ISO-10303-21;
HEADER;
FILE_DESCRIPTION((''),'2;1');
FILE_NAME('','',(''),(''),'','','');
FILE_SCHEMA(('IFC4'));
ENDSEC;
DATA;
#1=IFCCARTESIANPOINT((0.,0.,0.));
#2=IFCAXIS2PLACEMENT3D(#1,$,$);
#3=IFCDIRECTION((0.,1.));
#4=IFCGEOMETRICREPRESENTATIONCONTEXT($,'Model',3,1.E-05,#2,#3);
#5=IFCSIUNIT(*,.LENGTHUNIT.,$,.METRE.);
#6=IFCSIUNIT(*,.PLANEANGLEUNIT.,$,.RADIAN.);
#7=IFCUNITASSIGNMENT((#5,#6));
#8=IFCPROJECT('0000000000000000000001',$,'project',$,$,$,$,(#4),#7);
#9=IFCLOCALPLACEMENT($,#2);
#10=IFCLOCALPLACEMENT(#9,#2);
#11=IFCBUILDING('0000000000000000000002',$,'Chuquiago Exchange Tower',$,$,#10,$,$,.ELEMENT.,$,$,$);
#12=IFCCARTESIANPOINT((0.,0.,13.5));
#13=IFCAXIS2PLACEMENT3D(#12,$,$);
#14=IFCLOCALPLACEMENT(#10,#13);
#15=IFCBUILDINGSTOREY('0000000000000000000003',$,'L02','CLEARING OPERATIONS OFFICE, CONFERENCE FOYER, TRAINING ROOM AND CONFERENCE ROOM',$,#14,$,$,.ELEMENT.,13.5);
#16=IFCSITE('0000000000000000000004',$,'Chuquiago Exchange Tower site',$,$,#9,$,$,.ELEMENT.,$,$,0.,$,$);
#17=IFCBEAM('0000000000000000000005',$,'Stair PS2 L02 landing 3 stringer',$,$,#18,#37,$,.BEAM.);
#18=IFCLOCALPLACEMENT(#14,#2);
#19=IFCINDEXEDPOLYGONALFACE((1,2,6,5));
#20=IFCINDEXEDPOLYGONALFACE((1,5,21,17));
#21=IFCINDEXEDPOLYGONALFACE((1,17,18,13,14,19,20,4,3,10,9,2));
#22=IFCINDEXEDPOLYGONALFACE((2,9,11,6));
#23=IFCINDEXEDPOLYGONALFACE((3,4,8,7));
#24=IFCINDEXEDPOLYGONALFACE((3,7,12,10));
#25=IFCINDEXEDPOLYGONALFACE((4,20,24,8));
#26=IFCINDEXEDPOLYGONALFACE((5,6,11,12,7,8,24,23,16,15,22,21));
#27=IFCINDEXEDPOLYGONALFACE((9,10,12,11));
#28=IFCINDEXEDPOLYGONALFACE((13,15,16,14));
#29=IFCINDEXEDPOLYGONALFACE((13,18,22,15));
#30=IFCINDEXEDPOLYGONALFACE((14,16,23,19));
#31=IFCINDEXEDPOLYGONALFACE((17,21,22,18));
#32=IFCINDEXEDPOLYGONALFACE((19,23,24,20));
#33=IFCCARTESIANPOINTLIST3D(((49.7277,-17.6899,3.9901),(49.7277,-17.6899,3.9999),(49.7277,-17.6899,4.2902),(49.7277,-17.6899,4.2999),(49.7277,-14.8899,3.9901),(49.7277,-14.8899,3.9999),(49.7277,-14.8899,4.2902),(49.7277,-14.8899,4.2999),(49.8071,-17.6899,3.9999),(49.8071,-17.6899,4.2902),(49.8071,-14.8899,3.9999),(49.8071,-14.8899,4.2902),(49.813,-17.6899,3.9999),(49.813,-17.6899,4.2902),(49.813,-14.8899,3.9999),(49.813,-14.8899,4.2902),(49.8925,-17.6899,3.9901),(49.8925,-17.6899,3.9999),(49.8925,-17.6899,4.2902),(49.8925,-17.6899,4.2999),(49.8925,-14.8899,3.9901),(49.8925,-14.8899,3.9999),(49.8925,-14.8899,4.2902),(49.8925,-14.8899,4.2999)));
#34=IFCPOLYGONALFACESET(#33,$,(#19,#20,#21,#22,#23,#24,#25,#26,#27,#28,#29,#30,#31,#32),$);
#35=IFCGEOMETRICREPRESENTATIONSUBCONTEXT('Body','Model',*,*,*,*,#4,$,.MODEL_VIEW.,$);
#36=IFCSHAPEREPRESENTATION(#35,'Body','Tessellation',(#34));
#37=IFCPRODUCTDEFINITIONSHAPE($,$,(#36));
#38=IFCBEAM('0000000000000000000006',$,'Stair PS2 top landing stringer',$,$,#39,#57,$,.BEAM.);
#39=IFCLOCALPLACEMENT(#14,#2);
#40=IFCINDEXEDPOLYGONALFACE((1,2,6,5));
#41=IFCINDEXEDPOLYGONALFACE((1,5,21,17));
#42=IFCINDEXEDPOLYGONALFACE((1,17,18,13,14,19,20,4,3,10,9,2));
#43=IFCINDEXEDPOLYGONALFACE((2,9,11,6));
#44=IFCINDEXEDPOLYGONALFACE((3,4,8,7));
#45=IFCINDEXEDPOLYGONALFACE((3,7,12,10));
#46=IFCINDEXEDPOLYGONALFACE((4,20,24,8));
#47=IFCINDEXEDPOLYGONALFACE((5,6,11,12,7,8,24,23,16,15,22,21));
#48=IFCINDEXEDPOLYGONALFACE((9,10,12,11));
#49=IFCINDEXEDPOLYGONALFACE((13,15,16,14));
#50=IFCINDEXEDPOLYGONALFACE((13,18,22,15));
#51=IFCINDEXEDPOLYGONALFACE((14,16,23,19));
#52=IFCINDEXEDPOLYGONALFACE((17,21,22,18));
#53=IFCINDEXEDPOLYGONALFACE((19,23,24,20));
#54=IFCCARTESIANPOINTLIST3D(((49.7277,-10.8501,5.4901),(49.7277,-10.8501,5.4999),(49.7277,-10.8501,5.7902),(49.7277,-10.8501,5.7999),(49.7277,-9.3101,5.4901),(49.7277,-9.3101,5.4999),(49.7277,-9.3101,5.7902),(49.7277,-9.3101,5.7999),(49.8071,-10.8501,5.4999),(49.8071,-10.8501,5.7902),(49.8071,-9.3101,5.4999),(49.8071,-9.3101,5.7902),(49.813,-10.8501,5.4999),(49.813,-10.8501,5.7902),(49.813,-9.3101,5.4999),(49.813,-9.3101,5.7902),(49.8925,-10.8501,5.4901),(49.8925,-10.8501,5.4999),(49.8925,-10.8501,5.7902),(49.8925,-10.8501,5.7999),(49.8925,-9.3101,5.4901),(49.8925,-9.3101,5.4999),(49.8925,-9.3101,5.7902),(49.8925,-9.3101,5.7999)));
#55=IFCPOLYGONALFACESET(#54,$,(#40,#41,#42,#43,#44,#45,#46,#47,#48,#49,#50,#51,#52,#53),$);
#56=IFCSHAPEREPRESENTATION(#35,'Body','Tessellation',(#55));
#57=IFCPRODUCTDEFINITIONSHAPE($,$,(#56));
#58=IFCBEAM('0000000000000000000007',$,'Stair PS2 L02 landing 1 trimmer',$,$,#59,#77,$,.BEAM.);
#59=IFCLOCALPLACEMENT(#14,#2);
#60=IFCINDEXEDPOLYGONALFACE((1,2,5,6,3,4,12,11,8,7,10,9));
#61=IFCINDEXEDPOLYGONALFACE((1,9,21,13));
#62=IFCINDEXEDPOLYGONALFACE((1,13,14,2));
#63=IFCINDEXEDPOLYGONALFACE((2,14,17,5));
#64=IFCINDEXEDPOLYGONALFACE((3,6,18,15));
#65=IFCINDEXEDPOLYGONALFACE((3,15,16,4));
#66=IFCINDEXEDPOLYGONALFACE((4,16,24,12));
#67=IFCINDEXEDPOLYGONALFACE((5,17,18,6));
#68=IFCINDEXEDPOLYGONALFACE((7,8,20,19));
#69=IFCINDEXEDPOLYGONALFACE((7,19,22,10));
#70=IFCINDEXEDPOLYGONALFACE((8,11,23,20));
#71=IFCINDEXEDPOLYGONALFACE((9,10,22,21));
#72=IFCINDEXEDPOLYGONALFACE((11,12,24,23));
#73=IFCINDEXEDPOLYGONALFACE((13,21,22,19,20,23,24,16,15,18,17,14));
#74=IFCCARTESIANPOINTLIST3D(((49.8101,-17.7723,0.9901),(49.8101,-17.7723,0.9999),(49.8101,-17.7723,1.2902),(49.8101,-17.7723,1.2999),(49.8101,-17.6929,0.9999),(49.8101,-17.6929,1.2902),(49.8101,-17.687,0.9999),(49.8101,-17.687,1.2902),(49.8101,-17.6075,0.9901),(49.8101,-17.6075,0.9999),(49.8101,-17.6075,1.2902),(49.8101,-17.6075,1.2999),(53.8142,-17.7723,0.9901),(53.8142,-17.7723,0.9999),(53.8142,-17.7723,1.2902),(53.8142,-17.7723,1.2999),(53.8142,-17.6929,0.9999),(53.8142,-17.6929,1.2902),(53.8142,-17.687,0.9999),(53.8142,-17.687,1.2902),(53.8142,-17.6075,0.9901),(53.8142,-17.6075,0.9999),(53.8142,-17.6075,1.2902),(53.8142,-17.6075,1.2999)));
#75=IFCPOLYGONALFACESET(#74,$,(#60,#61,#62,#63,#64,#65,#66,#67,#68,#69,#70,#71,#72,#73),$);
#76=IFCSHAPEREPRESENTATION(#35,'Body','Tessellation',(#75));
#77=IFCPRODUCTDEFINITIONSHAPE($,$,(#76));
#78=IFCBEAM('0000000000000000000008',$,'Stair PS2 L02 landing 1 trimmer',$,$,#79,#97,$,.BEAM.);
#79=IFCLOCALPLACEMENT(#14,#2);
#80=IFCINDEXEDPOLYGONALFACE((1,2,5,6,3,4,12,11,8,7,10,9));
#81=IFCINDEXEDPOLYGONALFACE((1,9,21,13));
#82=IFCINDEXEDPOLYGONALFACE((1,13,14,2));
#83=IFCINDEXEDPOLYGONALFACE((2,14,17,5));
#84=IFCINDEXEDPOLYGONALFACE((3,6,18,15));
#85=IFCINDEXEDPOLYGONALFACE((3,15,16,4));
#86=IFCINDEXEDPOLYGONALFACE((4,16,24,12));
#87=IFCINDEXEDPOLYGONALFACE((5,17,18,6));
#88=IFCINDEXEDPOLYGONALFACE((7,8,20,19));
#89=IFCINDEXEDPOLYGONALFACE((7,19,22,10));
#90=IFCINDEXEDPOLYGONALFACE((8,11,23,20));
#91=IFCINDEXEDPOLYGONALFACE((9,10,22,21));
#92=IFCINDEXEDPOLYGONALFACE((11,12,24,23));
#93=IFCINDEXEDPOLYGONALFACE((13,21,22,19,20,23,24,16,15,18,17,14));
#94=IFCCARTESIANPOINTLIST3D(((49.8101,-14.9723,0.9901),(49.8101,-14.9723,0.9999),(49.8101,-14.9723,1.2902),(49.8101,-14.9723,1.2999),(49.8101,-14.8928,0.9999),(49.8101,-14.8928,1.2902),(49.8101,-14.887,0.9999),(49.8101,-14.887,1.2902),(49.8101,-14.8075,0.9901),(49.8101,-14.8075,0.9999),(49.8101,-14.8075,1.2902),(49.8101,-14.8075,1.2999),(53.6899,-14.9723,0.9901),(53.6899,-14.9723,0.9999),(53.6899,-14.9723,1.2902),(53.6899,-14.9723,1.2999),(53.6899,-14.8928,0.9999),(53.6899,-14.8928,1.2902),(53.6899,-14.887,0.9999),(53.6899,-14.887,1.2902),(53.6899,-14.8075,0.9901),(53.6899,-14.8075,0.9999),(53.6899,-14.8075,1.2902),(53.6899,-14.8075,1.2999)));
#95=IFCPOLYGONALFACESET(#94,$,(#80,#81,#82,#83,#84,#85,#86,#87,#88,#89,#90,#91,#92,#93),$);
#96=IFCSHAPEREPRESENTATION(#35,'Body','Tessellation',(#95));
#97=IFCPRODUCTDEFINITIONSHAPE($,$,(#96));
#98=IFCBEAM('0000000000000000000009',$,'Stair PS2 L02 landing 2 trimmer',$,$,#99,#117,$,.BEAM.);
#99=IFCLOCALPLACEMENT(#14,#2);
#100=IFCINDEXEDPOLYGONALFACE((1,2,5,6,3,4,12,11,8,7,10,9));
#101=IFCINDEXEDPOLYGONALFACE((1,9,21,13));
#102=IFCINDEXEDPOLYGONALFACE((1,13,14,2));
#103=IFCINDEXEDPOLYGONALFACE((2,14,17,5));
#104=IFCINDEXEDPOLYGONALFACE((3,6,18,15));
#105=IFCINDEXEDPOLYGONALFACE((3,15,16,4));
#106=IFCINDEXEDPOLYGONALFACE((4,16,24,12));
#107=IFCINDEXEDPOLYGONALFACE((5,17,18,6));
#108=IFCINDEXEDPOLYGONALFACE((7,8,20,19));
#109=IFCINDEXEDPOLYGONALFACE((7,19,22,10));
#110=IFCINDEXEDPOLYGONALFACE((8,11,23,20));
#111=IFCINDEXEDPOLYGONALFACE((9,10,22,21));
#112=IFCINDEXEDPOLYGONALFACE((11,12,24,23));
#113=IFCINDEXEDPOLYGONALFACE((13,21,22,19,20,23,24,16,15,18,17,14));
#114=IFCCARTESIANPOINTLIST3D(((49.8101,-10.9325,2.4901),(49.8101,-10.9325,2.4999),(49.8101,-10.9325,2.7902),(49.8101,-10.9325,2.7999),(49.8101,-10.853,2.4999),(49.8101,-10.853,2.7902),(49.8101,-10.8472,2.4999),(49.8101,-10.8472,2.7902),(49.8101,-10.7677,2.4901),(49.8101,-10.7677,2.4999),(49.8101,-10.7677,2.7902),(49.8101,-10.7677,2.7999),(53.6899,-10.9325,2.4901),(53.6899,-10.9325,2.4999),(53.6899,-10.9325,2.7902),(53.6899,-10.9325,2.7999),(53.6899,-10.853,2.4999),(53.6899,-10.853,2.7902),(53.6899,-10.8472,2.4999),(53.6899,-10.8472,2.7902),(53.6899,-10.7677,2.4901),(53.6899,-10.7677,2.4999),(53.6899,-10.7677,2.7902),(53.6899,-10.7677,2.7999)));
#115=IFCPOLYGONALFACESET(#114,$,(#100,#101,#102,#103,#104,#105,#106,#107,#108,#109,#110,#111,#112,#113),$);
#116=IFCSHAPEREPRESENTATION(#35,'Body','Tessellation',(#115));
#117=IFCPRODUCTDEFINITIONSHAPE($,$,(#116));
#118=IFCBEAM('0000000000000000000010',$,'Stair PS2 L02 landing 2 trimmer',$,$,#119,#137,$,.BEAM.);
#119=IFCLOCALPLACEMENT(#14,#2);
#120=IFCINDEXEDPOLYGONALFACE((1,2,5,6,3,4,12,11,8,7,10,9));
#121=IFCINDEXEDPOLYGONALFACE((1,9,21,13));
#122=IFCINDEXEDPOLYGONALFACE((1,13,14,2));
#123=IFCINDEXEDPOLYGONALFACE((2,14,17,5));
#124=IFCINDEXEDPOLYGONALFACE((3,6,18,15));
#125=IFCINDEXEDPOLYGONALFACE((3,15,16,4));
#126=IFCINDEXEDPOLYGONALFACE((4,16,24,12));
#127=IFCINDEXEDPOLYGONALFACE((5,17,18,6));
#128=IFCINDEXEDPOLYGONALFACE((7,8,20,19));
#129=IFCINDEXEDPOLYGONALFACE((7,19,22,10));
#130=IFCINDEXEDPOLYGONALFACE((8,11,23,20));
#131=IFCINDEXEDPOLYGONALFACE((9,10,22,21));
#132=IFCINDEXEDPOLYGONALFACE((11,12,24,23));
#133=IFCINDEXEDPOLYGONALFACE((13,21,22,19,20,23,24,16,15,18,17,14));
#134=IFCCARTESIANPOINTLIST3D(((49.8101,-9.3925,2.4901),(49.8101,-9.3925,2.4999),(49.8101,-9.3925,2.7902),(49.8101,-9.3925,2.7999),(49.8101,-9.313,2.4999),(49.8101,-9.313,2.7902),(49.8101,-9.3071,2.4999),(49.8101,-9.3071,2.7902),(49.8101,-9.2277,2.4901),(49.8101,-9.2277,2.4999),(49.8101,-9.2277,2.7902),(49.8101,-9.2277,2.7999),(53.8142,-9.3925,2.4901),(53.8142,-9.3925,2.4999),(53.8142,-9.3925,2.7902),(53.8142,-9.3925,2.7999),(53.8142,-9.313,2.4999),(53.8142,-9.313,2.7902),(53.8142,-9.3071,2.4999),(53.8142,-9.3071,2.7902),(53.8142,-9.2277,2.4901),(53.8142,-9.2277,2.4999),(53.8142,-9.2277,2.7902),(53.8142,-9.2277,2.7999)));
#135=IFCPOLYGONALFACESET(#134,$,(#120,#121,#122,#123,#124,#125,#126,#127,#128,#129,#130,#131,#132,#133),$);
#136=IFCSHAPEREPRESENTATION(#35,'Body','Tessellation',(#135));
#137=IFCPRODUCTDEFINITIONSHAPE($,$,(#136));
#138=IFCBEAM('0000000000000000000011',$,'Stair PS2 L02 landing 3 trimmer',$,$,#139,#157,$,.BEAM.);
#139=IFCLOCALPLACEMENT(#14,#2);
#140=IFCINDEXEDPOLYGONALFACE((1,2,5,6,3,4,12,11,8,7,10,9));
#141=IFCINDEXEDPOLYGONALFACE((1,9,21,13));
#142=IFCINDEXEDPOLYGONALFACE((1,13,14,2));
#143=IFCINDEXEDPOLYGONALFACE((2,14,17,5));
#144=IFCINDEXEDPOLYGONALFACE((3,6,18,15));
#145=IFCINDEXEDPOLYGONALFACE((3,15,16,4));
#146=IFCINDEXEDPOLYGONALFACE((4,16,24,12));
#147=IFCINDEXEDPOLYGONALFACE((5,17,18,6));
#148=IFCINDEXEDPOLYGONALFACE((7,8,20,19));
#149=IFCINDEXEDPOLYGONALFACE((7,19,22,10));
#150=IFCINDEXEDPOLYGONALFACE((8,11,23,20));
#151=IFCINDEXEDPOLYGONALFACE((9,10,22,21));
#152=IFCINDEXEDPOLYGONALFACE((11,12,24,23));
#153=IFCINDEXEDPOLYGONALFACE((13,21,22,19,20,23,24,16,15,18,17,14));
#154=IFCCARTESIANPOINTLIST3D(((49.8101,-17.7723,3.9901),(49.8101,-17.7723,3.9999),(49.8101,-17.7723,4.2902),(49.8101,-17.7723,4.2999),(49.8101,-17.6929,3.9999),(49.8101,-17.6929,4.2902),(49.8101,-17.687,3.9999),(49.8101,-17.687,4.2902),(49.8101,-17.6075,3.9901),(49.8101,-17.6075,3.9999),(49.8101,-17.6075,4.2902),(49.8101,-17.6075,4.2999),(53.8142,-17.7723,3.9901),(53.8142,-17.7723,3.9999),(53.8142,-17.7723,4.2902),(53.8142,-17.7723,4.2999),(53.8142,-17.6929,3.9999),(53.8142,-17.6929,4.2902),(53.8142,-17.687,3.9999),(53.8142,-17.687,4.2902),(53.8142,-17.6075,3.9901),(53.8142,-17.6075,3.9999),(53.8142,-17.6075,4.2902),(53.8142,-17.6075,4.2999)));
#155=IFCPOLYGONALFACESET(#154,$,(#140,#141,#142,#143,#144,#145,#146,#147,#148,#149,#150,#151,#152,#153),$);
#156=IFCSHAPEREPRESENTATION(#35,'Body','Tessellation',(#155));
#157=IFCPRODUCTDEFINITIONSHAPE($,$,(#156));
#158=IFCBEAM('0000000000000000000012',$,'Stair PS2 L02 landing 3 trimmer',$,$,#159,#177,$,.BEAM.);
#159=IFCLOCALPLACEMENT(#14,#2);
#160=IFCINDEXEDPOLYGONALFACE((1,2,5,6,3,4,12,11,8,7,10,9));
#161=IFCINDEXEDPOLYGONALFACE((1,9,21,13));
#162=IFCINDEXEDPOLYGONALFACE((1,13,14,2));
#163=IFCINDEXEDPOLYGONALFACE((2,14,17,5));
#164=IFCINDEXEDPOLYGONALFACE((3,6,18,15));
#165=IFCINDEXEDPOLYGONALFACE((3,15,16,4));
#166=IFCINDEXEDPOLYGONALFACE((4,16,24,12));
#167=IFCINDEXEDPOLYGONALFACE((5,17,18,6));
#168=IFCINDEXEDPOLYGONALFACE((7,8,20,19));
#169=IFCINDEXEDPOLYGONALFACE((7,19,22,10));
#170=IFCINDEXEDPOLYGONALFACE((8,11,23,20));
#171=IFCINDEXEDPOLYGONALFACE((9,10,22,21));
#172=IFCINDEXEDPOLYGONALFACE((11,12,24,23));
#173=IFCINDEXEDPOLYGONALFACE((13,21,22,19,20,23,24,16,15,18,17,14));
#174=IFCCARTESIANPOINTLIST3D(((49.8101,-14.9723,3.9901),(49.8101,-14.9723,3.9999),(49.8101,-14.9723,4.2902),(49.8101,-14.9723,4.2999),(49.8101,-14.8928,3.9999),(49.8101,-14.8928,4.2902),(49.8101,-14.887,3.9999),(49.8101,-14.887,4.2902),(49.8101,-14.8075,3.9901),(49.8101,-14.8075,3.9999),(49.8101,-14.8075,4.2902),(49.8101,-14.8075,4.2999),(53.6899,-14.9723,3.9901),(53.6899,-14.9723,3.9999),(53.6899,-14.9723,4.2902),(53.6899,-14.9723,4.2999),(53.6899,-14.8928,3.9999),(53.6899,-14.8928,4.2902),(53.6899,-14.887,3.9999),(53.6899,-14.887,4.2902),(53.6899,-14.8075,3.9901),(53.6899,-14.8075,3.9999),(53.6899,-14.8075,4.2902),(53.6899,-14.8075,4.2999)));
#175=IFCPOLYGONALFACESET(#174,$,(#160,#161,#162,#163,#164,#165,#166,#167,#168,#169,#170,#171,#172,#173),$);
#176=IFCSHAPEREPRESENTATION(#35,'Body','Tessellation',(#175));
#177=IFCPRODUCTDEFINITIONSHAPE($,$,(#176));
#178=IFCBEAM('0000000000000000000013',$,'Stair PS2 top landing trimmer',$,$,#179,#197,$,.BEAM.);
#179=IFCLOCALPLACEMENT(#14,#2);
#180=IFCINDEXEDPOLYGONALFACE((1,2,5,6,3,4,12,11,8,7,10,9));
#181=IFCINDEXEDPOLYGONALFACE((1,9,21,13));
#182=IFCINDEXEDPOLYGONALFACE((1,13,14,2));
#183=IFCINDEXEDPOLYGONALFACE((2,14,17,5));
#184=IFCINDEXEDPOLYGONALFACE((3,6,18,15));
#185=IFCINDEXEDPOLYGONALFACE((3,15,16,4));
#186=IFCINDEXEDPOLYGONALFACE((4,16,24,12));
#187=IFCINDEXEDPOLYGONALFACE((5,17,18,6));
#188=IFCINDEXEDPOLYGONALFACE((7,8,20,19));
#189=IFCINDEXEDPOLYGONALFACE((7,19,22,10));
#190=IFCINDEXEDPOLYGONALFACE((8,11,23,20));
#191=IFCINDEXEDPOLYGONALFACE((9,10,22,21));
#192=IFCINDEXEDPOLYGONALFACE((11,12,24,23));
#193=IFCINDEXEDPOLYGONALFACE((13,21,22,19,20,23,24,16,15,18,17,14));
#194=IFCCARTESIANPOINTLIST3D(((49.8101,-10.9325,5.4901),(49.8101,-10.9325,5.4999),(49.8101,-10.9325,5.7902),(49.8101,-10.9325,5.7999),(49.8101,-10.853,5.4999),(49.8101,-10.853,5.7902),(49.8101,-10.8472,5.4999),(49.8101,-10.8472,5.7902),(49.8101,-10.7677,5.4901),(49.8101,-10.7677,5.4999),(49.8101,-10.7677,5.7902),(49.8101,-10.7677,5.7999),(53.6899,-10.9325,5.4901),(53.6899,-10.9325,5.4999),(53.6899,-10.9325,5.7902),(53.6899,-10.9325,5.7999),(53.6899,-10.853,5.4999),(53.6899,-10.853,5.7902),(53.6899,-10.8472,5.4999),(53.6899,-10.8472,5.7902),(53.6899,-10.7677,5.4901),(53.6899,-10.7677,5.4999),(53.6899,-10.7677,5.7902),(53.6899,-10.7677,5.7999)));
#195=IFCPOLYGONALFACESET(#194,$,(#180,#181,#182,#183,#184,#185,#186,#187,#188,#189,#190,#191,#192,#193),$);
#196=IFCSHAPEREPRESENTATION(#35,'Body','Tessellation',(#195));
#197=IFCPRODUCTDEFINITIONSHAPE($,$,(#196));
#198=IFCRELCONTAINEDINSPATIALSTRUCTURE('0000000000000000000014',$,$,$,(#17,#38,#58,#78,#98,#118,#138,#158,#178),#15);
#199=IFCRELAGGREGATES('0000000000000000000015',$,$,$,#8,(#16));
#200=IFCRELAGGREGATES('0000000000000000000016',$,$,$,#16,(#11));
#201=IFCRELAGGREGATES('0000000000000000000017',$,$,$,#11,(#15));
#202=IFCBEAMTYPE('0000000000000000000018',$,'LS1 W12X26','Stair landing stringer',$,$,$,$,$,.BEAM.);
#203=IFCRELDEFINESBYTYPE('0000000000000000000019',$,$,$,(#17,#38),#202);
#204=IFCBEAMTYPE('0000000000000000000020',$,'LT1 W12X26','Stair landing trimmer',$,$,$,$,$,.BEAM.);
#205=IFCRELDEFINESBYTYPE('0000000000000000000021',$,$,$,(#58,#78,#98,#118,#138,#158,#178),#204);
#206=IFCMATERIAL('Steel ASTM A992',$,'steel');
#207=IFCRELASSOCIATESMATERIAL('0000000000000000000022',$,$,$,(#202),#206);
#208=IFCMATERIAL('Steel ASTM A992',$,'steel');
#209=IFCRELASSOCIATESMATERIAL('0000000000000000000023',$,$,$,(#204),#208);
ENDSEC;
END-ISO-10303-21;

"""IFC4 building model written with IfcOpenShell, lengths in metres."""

from ifc_helpers import new_model, si_unit, direction, frame, origin, origin_2d, place, context, subcontext, project, spatial, i_section, extrude, material, material_profile, profile_set, type_object, element, save


model = new_model("IFC4")

# Units and contexts
model_context = context("Model", 3, precision=1e-05, world=origin(), true_north=direction((0.0, 1.0)))
body_context = subcontext(model_context, "Body", "Model", "MODEL_VIEW")
ifc_project = project(units=[si_unit("LENGTHUNIT", "METRE"), si_unit("PLANEANGLEUNIT", "RADIAN")], contexts=[model_context])

# Site, building, storey
site_placement = place(None, origin())
site = spatial("IfcSite", under=ifc_project, at=site_placement, Name="Chuquiago Exchange Tower site", CompositionType="ELEMENT", RefElevation=0.0)
building_placement = place(site_placement, origin())
building = spatial("IfcBuilding", under=site, at=building_placement, Name="Chuquiago Exchange Tower", CompositionType="ELEMENT")
storey_placement = place(building_placement, frame((0.0, 0.0, 13.5)))
storey = spatial("IfcBuildingStorey", under=building, at=storey_placement, Name="L02", Description="CLEARING OPERATIONS OFFICE, CONFERENCE FOYER, TRAINING ROOM AND CONFERENCE ROOM", CompositionType="ELEMENT", Elevation=13.5)

# Beams
ifc_material_1 = material(Name="Steel ASTM A992", Category="steel")
ifc_material_profile_1 = material_profile(ifc_material_1, i_section(OverallWidth=0.1648, OverallDepth=0.3098, WebThickness=0.0059, FlangeThickness=0.0098, at=origin_2d()), Name="W12X26")
ifc_profile_set_1 = profile_set([ifc_material_profile_1], Name="Steel ASTM A992")
beam_type_1 = type_object("IfcBeamType", Name="LS1 W12X26", Description="Stair landing stringer", PredefinedType="BEAM", material=ifc_profile_set_1)
beam_1_placement = place(storey_placement, frame((49.8101, -17.6899, 4.145), z_axis=(0.0, 1.0, 0.0), x_axis=(-1.0, 0.0, 0.0)))
element("IfcBeam", 1, at=beam_1_placement, inside=storey, type_object=beam_type_1, Name="Stair PS2 L02 landing 3 stringer", PredefinedType="BEAM", context=body_context, shape_type="SweptSolid", body=[
    extrude(i_section(OverallWidth=0.1648, OverallDepth=0.3098, WebThickness=0.0059, FlangeThickness=0.0098, at=origin_2d()), origin(), (0.0, 0.0, 1.0), 2.8),
])
beam_2_placement = place(storey_placement, frame((49.8101, -10.8501, 5.645), z_axis=(0.0, 1.0, 0.0), x_axis=(-1.0, 0.0, 0.0)))
element("IfcBeam", 2, at=beam_2_placement, inside=storey, type_object=beam_type_1, Name="Stair PS2 top landing stringer", PredefinedType="BEAM", context=body_context, shape_type="SweptSolid", body=[
    extrude(i_section(OverallWidth=0.1648, OverallDepth=0.3098, WebThickness=0.0059, FlangeThickness=0.0098, at=origin_2d()), origin(), (0.0, 0.0, 1.0), 1.54),
])
ifc_material_2 = material(Name="Steel ASTM A992", Category="steel")
ifc_material_profile_2 = material_profile(ifc_material_2, i_section(OverallWidth=0.1648, OverallDepth=0.3098, WebThickness=0.0059, FlangeThickness=0.0098, at=origin_2d()), Name="W12X26")
ifc_profile_set_2 = profile_set([ifc_material_profile_2], Name="Steel ASTM A992")
beam_type_2 = type_object("IfcBeamType", Name="LT1 W12X26", Description="Stair landing trimmer", PredefinedType="BEAM", material=ifc_profile_set_2)
beam_3_placement = place(storey_placement, frame((49.8101, -17.6899, 1.145), z_axis=(1.0, 0.0, 0.0), x_axis=(0.0, 1.0, 0.0)))
element("IfcBeam", 3, at=beam_3_placement, inside=storey, type_object=beam_type_2, Name="Stair PS2 L02 landing 1 trimmer", PredefinedType="BEAM", context=body_context, shape_type="SweptSolid", body=[
    extrude(i_section(OverallWidth=0.1648, OverallDepth=0.3098, WebThickness=0.0059, FlangeThickness=0.0098, at=origin_2d()), origin(), (0.0, 0.0, 1.0), 4.0042),
])
for number, where, z_axis, x_axis, name in (
    (4, (49.8101, -14.8899, 1.145), (1.0, 0.0, 0.0), (0.0, 1.0, 0.0), "Stair PS2 L02 landing 1 trimmer"),
    (5, (49.8101, -10.8501, 2.645), (1.0, 0.0, 0.0), (0.0, 1.0, 0.0), "Stair PS2 L02 landing 2 trimmer"),
):
    element("IfcBeam", number, at=place(storey_placement, frame(where, z_axis=z_axis, x_axis=x_axis)), inside=storey, type_object=beam_type_2, Name=name, PredefinedType="BEAM", context=body_context, shape_type="SweptSolid", body=[
        extrude(i_section(OverallWidth=0.1648, OverallDepth=0.3098, WebThickness=0.0059, FlangeThickness=0.0098, at=origin_2d()), origin(), (0.0, 0.0, 1.0), 3.8799),
    ])
for number, where, z_axis, x_axis, name in (
    (6, (49.8101, -9.3101, 2.645), (1.0, 0.0, 0.0), (0.0, 1.0, 0.0), "Stair PS2 L02 landing 2 trimmer"),
    (7, (49.8101, -17.6899, 4.145), (1.0, 0.0, 0.0), (0.0, 1.0, 0.0), "Stair PS2 L02 landing 3 trimmer"),
):
    element("IfcBeam", number, at=place(storey_placement, frame(where, z_axis=z_axis, x_axis=x_axis)), inside=storey, type_object=beam_type_2, Name=name, PredefinedType="BEAM", context=body_context, shape_type="SweptSolid", body=[
        extrude(i_section(OverallWidth=0.1648, OverallDepth=0.3098, WebThickness=0.0059, FlangeThickness=0.0098, at=origin_2d()), origin(), (0.0, 0.0, 1.0), 4.0042),
    ])
for number, where, z_axis, x_axis, name in (
    (8, (49.8101, -14.8899, 4.145), (1.0, 0.0, 0.0), (0.0, 1.0, 0.0), "Stair PS2 L02 landing 3 trimmer"),
    (9, (49.8101, -10.8501, 5.645), (1.0, 0.0, 0.0), (0.0, 1.0, 0.0), "Stair PS2 top landing trimmer"),
):
    element("IfcBeam", number, at=place(storey_placement, frame(where, z_axis=z_axis, x_axis=x_axis)), inside=storey, type_object=beam_type_2, Name=name, PredefinedType="BEAM", context=body_context, shape_type="SweptSolid", body=[
        extrude(i_section(OverallWidth=0.1648, OverallDepth=0.3098, WebThickness=0.0059, FlangeThickness=0.0098, at=origin_2d()), origin(), (0.0, 0.0, 1.0), 3.8799),
    ])

save(model, "model.ifc")
